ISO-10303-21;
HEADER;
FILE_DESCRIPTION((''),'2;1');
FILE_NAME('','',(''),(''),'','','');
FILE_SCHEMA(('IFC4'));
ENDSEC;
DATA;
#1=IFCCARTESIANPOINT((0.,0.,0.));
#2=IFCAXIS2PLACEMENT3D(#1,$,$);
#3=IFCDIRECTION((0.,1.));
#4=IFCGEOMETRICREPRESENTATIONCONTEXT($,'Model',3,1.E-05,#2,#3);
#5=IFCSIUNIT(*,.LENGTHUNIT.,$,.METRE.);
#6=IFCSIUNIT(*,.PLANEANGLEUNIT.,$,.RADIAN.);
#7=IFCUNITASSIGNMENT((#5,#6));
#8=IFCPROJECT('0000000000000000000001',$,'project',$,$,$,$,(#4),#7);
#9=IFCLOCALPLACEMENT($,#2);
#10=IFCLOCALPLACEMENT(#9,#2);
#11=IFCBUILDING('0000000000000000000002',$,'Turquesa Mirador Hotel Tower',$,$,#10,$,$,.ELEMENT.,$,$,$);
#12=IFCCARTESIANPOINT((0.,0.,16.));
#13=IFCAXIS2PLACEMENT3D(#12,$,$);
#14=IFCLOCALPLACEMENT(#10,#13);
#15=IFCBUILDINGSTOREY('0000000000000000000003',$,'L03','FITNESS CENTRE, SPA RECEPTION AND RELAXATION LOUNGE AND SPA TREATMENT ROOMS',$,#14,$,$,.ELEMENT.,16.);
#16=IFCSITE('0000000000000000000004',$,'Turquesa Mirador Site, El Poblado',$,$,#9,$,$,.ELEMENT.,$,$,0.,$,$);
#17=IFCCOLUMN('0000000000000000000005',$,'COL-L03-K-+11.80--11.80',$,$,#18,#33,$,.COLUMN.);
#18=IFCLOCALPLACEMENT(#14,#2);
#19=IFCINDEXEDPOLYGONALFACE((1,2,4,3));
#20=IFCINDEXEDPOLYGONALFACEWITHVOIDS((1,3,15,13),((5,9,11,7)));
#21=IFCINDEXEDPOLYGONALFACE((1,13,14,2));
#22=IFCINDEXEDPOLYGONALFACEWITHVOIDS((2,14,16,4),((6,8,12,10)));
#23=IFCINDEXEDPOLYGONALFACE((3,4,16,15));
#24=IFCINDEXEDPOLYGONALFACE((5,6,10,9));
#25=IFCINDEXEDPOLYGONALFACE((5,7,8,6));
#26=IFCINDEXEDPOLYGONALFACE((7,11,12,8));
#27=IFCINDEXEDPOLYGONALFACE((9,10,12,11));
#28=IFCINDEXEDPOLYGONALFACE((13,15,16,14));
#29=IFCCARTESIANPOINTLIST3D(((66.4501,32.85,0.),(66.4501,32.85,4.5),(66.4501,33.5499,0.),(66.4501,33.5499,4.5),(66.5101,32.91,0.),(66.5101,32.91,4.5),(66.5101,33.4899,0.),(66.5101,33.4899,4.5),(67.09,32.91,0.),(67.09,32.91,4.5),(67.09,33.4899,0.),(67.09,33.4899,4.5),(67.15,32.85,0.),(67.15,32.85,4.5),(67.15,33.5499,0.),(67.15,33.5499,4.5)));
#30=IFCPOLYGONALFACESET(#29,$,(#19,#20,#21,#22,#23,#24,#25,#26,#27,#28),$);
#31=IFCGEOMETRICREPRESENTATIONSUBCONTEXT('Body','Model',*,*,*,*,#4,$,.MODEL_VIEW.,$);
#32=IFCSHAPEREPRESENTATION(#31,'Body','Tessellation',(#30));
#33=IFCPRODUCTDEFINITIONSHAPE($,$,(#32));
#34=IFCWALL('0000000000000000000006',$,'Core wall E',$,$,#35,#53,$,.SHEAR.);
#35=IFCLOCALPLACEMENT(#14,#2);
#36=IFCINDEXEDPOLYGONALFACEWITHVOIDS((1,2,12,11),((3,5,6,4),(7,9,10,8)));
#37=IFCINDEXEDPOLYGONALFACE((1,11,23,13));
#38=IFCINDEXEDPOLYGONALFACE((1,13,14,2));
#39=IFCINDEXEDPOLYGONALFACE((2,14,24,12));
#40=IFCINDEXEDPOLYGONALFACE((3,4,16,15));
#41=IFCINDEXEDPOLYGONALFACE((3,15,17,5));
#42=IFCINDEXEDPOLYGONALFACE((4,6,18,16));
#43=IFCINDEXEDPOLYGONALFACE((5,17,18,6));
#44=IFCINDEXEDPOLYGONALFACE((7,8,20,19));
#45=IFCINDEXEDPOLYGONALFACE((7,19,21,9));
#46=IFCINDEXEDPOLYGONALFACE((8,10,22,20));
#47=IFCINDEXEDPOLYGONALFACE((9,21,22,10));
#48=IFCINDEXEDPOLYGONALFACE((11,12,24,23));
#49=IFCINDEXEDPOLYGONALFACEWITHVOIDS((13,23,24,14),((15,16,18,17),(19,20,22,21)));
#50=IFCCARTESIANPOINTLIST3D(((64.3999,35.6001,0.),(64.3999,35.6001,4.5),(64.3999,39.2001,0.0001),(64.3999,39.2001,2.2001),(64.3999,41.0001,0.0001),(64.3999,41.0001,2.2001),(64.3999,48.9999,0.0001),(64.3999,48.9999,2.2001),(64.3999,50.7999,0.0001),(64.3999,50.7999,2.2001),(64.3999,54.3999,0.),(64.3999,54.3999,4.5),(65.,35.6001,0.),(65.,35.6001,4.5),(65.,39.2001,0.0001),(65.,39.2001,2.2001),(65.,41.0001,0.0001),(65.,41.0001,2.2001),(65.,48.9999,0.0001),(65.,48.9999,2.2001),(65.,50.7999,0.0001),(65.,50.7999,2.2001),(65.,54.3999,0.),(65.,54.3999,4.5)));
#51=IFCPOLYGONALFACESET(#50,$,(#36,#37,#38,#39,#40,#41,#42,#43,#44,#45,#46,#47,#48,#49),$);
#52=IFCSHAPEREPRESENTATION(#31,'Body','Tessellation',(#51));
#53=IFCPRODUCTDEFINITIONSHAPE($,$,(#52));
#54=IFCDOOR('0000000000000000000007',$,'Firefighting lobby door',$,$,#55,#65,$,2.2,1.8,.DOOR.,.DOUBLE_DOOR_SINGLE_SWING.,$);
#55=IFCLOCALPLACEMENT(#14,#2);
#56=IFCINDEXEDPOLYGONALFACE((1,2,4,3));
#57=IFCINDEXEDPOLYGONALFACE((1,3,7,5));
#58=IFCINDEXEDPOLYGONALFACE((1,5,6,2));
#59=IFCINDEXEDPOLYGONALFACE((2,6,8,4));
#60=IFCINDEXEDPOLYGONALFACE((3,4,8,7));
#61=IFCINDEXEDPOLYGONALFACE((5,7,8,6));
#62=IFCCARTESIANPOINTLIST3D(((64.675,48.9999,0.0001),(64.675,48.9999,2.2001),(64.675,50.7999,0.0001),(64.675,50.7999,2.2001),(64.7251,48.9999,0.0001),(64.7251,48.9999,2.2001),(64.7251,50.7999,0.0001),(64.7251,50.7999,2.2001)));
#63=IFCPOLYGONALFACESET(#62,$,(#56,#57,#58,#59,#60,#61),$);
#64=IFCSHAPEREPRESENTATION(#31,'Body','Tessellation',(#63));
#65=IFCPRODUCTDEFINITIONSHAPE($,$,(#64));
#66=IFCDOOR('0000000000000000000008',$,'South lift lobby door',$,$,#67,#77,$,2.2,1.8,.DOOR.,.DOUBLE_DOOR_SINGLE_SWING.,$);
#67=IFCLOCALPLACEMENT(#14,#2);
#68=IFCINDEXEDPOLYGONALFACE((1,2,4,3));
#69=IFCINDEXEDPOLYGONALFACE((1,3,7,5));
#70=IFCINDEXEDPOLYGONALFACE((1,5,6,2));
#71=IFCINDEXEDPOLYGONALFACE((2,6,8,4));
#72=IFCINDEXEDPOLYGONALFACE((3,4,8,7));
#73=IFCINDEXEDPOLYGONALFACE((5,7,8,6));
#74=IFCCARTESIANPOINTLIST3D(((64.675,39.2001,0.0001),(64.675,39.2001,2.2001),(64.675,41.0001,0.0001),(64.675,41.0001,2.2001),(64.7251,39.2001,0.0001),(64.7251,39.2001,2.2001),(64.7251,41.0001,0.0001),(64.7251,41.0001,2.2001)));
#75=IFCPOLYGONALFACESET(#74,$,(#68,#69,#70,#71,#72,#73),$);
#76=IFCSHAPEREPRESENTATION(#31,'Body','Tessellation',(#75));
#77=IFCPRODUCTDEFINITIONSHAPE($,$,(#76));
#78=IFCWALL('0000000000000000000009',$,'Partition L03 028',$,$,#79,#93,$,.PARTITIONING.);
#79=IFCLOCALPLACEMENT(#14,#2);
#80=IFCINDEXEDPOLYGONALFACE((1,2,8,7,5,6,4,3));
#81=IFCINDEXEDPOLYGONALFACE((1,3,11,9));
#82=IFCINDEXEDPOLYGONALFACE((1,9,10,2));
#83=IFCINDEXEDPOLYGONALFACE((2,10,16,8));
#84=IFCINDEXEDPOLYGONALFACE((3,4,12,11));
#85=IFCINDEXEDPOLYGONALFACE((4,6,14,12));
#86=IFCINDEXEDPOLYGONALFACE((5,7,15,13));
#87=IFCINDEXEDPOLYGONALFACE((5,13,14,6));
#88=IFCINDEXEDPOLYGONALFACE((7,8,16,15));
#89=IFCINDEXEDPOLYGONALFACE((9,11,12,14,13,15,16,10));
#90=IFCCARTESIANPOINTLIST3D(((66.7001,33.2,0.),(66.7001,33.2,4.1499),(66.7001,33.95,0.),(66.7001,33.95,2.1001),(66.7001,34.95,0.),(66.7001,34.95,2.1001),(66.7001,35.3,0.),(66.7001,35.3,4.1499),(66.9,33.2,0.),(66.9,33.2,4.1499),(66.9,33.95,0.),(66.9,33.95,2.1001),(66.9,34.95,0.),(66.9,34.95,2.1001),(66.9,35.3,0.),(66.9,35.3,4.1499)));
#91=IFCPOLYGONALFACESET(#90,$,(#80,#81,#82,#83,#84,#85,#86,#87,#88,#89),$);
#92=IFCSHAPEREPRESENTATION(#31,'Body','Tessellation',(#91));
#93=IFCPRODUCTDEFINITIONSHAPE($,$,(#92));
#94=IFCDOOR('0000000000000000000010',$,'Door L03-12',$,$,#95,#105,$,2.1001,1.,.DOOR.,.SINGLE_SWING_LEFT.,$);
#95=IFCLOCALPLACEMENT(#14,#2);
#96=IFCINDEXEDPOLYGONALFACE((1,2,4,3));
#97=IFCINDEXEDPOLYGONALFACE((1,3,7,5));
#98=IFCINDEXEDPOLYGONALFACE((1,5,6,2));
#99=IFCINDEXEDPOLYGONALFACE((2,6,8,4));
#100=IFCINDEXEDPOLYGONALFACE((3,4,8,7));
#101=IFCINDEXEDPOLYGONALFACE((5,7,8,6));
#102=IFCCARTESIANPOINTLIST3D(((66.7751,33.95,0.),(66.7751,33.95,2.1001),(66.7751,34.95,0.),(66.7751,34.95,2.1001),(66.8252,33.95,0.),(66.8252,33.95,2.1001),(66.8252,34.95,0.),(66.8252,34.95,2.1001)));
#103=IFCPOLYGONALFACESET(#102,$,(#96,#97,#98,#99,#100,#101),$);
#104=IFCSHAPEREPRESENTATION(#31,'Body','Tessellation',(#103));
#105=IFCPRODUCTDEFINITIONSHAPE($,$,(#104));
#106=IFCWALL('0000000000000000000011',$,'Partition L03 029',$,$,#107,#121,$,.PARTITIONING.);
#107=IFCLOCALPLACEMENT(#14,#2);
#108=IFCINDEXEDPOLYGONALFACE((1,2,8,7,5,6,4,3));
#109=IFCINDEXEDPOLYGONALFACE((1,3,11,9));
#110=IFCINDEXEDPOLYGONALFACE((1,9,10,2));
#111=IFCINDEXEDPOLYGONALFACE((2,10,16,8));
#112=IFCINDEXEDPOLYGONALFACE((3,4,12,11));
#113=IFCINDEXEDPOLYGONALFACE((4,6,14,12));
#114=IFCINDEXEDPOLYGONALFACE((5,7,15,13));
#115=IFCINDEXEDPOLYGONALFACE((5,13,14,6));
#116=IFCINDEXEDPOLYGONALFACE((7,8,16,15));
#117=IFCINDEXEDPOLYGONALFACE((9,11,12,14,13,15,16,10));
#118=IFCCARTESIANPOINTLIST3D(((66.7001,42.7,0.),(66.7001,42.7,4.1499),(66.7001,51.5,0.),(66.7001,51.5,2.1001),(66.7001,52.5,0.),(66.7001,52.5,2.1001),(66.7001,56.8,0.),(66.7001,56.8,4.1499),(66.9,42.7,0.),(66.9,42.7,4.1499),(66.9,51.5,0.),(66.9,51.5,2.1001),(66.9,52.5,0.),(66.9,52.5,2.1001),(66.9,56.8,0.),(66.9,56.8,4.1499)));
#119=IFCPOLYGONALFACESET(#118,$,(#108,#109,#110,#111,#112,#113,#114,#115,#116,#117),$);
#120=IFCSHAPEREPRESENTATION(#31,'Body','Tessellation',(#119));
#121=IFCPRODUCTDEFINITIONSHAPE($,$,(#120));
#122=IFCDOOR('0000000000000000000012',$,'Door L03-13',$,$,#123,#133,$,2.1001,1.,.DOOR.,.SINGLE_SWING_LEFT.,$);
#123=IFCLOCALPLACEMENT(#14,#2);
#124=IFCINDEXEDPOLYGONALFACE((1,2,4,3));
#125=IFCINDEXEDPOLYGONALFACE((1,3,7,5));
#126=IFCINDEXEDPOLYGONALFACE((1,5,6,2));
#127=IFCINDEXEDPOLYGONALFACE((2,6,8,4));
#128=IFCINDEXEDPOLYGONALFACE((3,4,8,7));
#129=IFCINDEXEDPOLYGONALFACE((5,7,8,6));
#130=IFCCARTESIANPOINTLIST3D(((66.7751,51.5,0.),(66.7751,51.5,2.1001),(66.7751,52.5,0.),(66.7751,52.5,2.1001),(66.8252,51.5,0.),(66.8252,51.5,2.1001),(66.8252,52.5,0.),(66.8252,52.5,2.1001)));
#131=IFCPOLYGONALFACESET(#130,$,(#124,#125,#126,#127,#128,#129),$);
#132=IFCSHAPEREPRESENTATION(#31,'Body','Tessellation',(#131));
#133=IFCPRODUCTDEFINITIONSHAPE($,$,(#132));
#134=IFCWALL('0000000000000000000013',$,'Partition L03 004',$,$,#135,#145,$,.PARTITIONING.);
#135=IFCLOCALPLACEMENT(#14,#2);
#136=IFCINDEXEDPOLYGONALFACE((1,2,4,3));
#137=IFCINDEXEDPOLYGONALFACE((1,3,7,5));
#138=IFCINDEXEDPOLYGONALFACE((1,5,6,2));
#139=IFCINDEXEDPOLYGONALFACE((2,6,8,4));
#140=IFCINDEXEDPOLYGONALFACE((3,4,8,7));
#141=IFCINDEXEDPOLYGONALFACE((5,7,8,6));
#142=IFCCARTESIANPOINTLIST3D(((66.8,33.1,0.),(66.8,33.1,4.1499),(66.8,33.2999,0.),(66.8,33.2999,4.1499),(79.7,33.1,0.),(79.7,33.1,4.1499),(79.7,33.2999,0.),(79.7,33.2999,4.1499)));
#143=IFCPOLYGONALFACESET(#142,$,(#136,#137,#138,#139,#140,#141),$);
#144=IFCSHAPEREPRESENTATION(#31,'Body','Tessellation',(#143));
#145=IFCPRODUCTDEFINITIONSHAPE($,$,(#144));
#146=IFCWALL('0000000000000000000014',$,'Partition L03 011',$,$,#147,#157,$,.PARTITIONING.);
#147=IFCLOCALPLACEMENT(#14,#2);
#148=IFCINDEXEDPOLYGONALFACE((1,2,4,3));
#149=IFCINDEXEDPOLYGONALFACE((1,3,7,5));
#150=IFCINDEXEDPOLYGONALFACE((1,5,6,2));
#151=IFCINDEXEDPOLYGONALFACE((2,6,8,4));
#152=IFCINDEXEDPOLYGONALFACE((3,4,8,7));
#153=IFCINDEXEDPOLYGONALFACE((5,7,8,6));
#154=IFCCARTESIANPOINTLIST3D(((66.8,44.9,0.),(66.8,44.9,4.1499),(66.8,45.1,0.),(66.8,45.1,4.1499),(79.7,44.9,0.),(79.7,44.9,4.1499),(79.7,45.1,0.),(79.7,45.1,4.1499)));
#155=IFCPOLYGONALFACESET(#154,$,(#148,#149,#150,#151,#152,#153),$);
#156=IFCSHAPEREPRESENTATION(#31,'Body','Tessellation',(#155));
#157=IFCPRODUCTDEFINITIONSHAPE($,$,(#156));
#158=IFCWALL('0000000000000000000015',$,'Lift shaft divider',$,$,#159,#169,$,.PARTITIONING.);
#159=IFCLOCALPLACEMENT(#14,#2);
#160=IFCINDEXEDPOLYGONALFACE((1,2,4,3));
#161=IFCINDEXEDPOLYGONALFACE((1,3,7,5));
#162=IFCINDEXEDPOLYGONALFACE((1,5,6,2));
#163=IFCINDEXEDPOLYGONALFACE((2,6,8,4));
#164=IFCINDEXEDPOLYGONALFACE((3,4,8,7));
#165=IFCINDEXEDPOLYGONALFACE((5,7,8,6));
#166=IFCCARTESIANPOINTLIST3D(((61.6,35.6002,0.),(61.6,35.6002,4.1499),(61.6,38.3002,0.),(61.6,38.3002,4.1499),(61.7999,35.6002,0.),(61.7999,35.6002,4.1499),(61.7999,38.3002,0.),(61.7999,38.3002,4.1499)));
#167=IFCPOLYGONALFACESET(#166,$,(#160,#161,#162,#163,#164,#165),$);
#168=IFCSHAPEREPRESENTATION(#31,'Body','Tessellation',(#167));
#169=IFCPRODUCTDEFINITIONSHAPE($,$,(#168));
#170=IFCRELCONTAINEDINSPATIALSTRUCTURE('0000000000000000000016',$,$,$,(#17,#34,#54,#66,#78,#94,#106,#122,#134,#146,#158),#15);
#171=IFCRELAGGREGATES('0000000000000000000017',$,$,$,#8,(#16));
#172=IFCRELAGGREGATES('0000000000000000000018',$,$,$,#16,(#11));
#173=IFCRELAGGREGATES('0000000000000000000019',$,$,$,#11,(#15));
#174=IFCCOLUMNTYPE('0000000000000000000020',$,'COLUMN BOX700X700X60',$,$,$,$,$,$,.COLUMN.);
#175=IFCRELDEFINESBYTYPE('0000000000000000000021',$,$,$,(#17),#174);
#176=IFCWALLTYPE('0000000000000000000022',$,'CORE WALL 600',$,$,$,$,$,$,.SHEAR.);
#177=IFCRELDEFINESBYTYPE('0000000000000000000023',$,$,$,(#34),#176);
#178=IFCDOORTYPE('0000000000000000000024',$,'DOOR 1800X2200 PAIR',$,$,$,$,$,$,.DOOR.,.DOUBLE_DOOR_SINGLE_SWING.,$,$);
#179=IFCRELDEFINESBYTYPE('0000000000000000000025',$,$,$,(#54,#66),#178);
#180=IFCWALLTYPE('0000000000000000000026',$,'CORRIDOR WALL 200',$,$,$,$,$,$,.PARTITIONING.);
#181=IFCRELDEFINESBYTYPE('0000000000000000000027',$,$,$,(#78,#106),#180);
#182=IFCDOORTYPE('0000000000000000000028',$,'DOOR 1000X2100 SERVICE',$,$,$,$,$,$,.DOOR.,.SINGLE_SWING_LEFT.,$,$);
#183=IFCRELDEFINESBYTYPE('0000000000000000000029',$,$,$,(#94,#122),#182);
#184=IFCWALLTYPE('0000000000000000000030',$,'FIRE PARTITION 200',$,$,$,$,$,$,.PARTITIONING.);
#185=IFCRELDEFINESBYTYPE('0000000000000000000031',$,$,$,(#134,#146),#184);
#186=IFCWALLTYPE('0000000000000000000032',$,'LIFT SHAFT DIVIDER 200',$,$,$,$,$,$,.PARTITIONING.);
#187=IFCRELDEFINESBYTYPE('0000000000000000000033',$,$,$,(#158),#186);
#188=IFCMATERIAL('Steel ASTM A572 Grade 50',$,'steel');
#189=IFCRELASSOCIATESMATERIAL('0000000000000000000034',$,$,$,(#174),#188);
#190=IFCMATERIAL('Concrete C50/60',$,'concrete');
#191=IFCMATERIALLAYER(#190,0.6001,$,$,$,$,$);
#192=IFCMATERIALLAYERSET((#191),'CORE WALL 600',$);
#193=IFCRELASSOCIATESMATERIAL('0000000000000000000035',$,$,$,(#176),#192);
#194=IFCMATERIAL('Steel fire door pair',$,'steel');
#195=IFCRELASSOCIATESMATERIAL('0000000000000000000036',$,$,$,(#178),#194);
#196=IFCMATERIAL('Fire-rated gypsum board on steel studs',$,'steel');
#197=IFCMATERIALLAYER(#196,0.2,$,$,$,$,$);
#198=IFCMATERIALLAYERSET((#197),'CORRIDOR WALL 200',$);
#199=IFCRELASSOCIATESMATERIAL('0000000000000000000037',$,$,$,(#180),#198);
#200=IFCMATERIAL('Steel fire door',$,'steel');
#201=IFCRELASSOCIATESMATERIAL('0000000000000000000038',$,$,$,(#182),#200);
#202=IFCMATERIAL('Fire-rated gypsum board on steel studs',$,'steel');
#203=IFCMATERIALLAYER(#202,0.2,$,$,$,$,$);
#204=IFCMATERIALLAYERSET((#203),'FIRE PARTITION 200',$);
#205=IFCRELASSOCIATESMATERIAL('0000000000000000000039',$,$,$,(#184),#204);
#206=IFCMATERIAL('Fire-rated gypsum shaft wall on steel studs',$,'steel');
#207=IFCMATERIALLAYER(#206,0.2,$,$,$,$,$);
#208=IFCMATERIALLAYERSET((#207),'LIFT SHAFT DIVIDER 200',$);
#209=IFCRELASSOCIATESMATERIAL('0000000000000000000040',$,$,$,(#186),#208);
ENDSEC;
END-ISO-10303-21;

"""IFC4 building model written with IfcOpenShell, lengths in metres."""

from ifc_helpers import new_model, si_unit, direction, frame, frame_2d, origin, origin_2d, place, context, subcontext, project, spatial, rectangle, hollow_rectangle, extrude, material, layer, layer_set, material_profile, profile_set, type_object, element, fill, save


model = new_model("IFC4")

# Units and contexts
model_context = context("Model", 3, precision=1e-05, world=origin(), true_north=direction((0.0, 1.0)))
body_context = subcontext(model_context, "Body", "Model", "MODEL_VIEW")
ifc_project = project(units=[si_unit("LENGTHUNIT", "METRE"), si_unit("PLANEANGLEUNIT", "RADIAN")], contexts=[model_context])

# Site, building, storey
site_placement = place(None, origin())
site = spatial("IfcSite", under=ifc_project, at=site_placement, Name="Turquesa Mirador Site, El Poblado", CompositionType="ELEMENT", RefElevation=0.0)
building_placement = place(site_placement, origin())
building = spatial("IfcBuilding", under=site, at=building_placement, Name="Turquesa Mirador Hotel Tower", CompositionType="ELEMENT")
storey_placement = place(building_placement, frame((0.0, 0.0, 16.0)))
storey = spatial("IfcBuildingStorey", under=building, at=storey_placement, Name="L03", Description="FITNESS CENTRE, SPA RECEPTION AND RELAXATION LOUNGE AND SPA TREATMENT ROOMS", CompositionType="ELEMENT", Elevation=16.0)

# Column
ifc_material_1 = material(Name="Steel ASTM A572 Grade 50", Category="steel")
ifc_material_profile = material_profile(ifc_material_1, hollow_rectangle(XDim=0.7, YDim=0.7, WallThickness=0.0601, at=origin_2d()), Name="BOX700X700X60")
ifc_profile_set = profile_set([ifc_material_profile], Name="Steel ASTM A572 Grade 50")
column_type = type_object("IfcColumnType", Name="COLUMN BOX700X700X60", PredefinedType="COLUMN", material=ifc_profile_set)
column_placement = place(storey_placement, frame((66.8, 33.2, 0.0), z_axis=(0.0, 0.0, 1.0), x_axis=(1.0, 0.0, 0.0)))
element("IfcColumn", 1, at=column_placement, inside=storey, type_object=column_type, Name="COL-L03-K-+11.80--11.80", PredefinedType="COLUMN", context=body_context, shape_type="SweptSolid", body=[
    extrude(hollow_rectangle(XDim=0.7, YDim=0.7, WallThickness=0.0601, at=origin_2d()), origin(), (0.0, 0.0, 1.0), 4.5),
])

# Wall, openings, doors
ifc_material_2 = material(Name="Concrete C50/60", Category="concrete")
ifc_layer_1 = layer(ifc_material_2, 0.6001)
ifc_layer_set_1 = layer_set([ifc_layer_1], Name="CORE WALL 600")
wall_type_1 = type_object("IfcWallType", Name="CORE WALL 600", PredefinedType="SHEAR", material=ifc_layer_set_1)
wall_1_placement = place(storey_placement, frame((64.7, 35.6001, 0.0), z_axis=(0.0, 0.0, 1.0), x_axis=(0.0, 1.0, 0.0)))
wall_1 = element("IfcWall", 2, at=wall_1_placement, inside=storey, type_object=wall_type_1, Name="Core wall E", PredefinedType="SHEAR", context=body_context, shape_type="SweptSolid", body=[
    extrude(rectangle(XDim=18.7998, YDim=0.6001, at=frame_2d((9.3999, 0.0))), origin(), (0.0, 0.0, 1.0), 4.5),
])
opening_1_placement = place(wall_1_placement, frame((13.3999, 0.0, 0.0)))
opening_1 = element("IfcOpeningElement", 3, at=opening_1_placement, cuts=wall_1, PredefinedType="OPENING", context=body_context, shape_type="SweptSolid", body=[
    extrude(rectangle(XDim=1.8, YDim=2.2, at=frame_2d((0.8999, 1.1001))), frame((0.0, 0.3101, 0.0), z_axis=(0.0, -1.0, 0.0), x_axis=(1.0, 0.0, 0.0)), (0.0, 0.0, 1.0), 0.6201),
])
opening_2_placement = place(wall_1_placement, frame((3.6001, 0.0, 0.0)))
opening_2 = element("IfcOpeningElement", 4, at=opening_2_placement, cuts=wall_1, PredefinedType="OPENING", context=body_context, shape_type="SweptSolid", body=[
    extrude(rectangle(XDim=1.8, YDim=2.2, at=frame_2d((0.8999, 1.1001))), frame((0.0, 0.3101, 0.0), z_axis=(0.0, -1.0, 0.0), x_axis=(1.0, 0.0, 0.0)), (0.0, 0.0, 1.0), 0.6201),
])
ifc_material_3 = material(Name="Steel fire door pair", Category="steel")
door_type_1 = type_object("IfcDoorType", Name="DOOR 1800X2200 PAIR", OperationType="DOUBLE_DOOR_SINGLE_SWING", PredefinedType="DOOR", material=ifc_material_3)
door_1_placement = place(opening_1_placement, origin())
door_1 = element("IfcDoor", 5, at=door_1_placement, inside=storey, type_object=door_type_1, Name="Firefighting lobby door", OperationType="DOUBLE_DOOR_SINGLE_SWING", OverallHeight=2.2, OverallWidth=1.8, PredefinedType="DOOR", context=body_context, shape_type="SweptSolid", body=[
    extrude(rectangle(XDim=1.8, YDim=2.2, at=frame_2d((0.8999, 1.1001))), frame((0.0, 0.0249, 0.0), z_axis=(0.0, -1.0, 0.0), x_axis=(1.0, 0.0, 0.0)), (0.0, 0.0, 1.0), 0.05),
])
fill(opening_1, door_1)
door_2_placement = place(opening_2_placement, origin())
door_2 = element("IfcDoor", 6, at=door_2_placement, inside=storey, type_object=door_type_1, Name="South lift lobby door", OperationType="DOUBLE_DOOR_SINGLE_SWING", OverallHeight=2.2, OverallWidth=1.8, PredefinedType="DOOR", context=body_context, shape_type="SweptSolid", body=[
    extrude(rectangle(XDim=1.8, YDim=2.2, at=frame_2d((0.8999, 1.1001))), frame((0.0, 0.0249, 0.0), z_axis=(0.0, -1.0, 0.0), x_axis=(1.0, 0.0, 0.0)), (0.0, 0.0, 1.0), 0.05),
])
fill(opening_2, door_2)

# Walls, openings, doors
ifc_material_4 = material(Name="Fire-rated gypsum board on steel studs", Category="steel")
ifc_layer_2 = layer(ifc_material_4, 0.2)
ifc_layer_set_2 = layer_set([ifc_layer_2], Name="CORRIDOR WALL 200")
wall_type_2 = type_object("IfcWallType", Name="CORRIDOR WALL 200", PredefinedType="PARTITIONING", material=ifc_layer_set_2)
wall_2_placement = place(storey_placement, frame((66.8, 33.2, 0.0), z_axis=(0.0, 0.0, 1.0), x_axis=(0.0, 1.0, 0.0)))
wall_2 = element("IfcWall", 7, at=wall_2_placement, inside=storey, type_object=wall_type_2, Name="Partition L03 028", PredefinedType="PARTITIONING", context=body_context, shape_type="SweptSolid", body=[
    extrude(rectangle(XDim=2.1001, YDim=0.2, at=frame_2d((1.05, 0.0))), origin(), (0.0, 0.0, 1.0), 4.1499),
])
opening_3_placement = place(wall_2_placement, frame((0.75, 0.0, 0.0)))
opening_3 = element("IfcOpeningElement", 8, at=opening_3_placement, cuts=wall_2, PredefinedType="OPENING", context=body_context, shape_type="SweptSolid", body=[
    extrude(rectangle(XDim=1.0, YDim=2.1001, at=frame_2d((0.5, 1.05))), frame((0.0, 0.1099, 0.0), z_axis=(0.0, -1.0, 0.0), x_axis=(1.0, 0.0, 0.0)), (0.0, 0.0, 1.0), 0.22),
])
ifc_material_5 = material(Name="Steel fire door", Category="steel")
door_type_2 = type_object("IfcDoorType", Name="DOOR 1000X2100 SERVICE", OperationType="SINGLE_SWING_LEFT", PredefinedType="DOOR", material=ifc_material_5)
door_3_placement = place(opening_3_placement, origin())
door_3 = element("IfcDoor", 9, at=door_3_placement, inside=storey, type_object=door_type_2, Name="Door L03-12", OperationType="SINGLE_SWING_LEFT", OverallHeight=2.1001, OverallWidth=1.0, PredefinedType="DOOR", context=body_context, shape_type="SweptSolid", body=[
    extrude(rectangle(XDim=1.0, YDim=2.1001, at=frame_2d((0.5, 1.05))), frame((0.0, 0.0249, 0.0), z_axis=(0.0, -1.0, 0.0), x_axis=(1.0, 0.0, 0.0)), (0.0, 0.0, 1.0), 0.05),
])
fill(opening_3, door_3)
wall_3_placement = place(storey_placement, frame((66.8, 42.7, 0.0), z_axis=(0.0, 0.0, 1.0), x_axis=(0.0, 1.0, 0.0)))
wall_3 = element("IfcWall", 10, at=wall_3_placement, inside=storey, type_object=wall_type_2, Name="Partition L03 029", PredefinedType="PARTITIONING", context=body_context, shape_type="SweptSolid", body=[
    extrude(rectangle(XDim=14.1001, YDim=0.2, at=frame_2d((7.05, 0.0))), origin(), (0.0, 0.0, 1.0), 4.1499),
])
opening_4_placement = place(wall_3_placement, frame((8.8, 0.0, 0.0)))
opening_4 = element("IfcOpeningElement", 11, at=opening_4_placement, cuts=wall_3, PredefinedType="OPENING", context=body_context, shape_type="SweptSolid", body=[
    extrude(rectangle(XDim=1.0, YDim=2.1001, at=frame_2d((0.5, 1.05))), frame((0.0, 0.1099, 0.0), z_axis=(0.0, -1.0, 0.0), x_axis=(1.0, 0.0, 0.0)), (0.0, 0.0, 1.0), 0.22),
])
door_4_placement = place(opening_4_placement, origin())
door_4 = element("IfcDoor", 12, at=door_4_placement, inside=storey, type_object=door_type_2, Name="Door L03-13", OperationType="SINGLE_SWING_LEFT", OverallHeight=2.1001, OverallWidth=1.0, PredefinedType="DOOR", context=body_context, shape_type="SweptSolid", body=[
    extrude(rectangle(XDim=1.0, YDim=2.1001, at=frame_2d((0.5, 1.05))), frame((0.0, 0.0249, 0.0), z_axis=(0.0, -1.0, 0.0), x_axis=(1.0, 0.0, 0.0)), (0.0, 0.0, 1.0), 0.05),
])
fill(opening_4, door_4)

# Walls
ifc_material_6 = material(Name="Fire-rated gypsum board on steel studs", Category="steel")
ifc_layer_3 = layer(ifc_material_6, 0.2)
ifc_layer_set_3 = layer_set([ifc_layer_3], Name="FIRE PARTITION 200")
wall_type_3 = type_object("IfcWallType", Name="FIRE PARTITION 200", PredefinedType="PARTITIONING", material=ifc_layer_set_3)
for number, where, z_axis, x_axis, name in (
    (13, (66.8, 33.2, 0.0), (0.0, 0.0, 1.0), (1.0, 0.0, 0.0), "Partition L03 004"),
    (14, (66.8, 45.0, 0.0), (0.0, 0.0, 1.0), (1.0, 0.0, 0.0), "Partition L03 011"),
):
    element("IfcWall", number, at=place(storey_placement, frame(where, z_axis=z_axis, x_axis=x_axis)), inside=storey, type_object=wall_type_3, Name=name, PredefinedType="PARTITIONING", context=body_context, shape_type="SweptSolid", body=[
        extrude(rectangle(XDim=12.8999, YDim=0.2, at=frame_2d((6.45, 0.0))), origin(), (0.0, 0.0, 1.0), 4.1499),
    ])
ifc_material_7 = material(Name="Fire-rated gypsum shaft wall on steel studs", Category="steel")
ifc_layer_4 = layer(ifc_material_7, 0.2)
ifc_layer_set_4 = layer_set([ifc_layer_4], Name="LIFT SHAFT DIVIDER 200")
wall_type_4 = type_object("IfcWallType", Name="LIFT SHAFT DIVIDER 200", PredefinedType="PARTITIONING", material=ifc_layer_set_4)
wall_4_placement = place(storey_placement, frame((61.7, 35.6001, 0.0), z_axis=(0.0, 0.0, 1.0), x_axis=(0.0, 1.0, 0.0)))
element("IfcWall", 15, at=wall_4_placement, inside=storey, type_object=wall_type_4, Name="Lift shaft divider", PredefinedType="PARTITIONING", context=body_context, shape_type="SweptSolid", body=[
    extrude(rectangle(XDim=2.7, YDim=0.2, at=frame_2d((1.3501, 0.0))), origin(), (0.0, 0.0, 1.0), 4.1499),
])

save(model, "model.ifc")
